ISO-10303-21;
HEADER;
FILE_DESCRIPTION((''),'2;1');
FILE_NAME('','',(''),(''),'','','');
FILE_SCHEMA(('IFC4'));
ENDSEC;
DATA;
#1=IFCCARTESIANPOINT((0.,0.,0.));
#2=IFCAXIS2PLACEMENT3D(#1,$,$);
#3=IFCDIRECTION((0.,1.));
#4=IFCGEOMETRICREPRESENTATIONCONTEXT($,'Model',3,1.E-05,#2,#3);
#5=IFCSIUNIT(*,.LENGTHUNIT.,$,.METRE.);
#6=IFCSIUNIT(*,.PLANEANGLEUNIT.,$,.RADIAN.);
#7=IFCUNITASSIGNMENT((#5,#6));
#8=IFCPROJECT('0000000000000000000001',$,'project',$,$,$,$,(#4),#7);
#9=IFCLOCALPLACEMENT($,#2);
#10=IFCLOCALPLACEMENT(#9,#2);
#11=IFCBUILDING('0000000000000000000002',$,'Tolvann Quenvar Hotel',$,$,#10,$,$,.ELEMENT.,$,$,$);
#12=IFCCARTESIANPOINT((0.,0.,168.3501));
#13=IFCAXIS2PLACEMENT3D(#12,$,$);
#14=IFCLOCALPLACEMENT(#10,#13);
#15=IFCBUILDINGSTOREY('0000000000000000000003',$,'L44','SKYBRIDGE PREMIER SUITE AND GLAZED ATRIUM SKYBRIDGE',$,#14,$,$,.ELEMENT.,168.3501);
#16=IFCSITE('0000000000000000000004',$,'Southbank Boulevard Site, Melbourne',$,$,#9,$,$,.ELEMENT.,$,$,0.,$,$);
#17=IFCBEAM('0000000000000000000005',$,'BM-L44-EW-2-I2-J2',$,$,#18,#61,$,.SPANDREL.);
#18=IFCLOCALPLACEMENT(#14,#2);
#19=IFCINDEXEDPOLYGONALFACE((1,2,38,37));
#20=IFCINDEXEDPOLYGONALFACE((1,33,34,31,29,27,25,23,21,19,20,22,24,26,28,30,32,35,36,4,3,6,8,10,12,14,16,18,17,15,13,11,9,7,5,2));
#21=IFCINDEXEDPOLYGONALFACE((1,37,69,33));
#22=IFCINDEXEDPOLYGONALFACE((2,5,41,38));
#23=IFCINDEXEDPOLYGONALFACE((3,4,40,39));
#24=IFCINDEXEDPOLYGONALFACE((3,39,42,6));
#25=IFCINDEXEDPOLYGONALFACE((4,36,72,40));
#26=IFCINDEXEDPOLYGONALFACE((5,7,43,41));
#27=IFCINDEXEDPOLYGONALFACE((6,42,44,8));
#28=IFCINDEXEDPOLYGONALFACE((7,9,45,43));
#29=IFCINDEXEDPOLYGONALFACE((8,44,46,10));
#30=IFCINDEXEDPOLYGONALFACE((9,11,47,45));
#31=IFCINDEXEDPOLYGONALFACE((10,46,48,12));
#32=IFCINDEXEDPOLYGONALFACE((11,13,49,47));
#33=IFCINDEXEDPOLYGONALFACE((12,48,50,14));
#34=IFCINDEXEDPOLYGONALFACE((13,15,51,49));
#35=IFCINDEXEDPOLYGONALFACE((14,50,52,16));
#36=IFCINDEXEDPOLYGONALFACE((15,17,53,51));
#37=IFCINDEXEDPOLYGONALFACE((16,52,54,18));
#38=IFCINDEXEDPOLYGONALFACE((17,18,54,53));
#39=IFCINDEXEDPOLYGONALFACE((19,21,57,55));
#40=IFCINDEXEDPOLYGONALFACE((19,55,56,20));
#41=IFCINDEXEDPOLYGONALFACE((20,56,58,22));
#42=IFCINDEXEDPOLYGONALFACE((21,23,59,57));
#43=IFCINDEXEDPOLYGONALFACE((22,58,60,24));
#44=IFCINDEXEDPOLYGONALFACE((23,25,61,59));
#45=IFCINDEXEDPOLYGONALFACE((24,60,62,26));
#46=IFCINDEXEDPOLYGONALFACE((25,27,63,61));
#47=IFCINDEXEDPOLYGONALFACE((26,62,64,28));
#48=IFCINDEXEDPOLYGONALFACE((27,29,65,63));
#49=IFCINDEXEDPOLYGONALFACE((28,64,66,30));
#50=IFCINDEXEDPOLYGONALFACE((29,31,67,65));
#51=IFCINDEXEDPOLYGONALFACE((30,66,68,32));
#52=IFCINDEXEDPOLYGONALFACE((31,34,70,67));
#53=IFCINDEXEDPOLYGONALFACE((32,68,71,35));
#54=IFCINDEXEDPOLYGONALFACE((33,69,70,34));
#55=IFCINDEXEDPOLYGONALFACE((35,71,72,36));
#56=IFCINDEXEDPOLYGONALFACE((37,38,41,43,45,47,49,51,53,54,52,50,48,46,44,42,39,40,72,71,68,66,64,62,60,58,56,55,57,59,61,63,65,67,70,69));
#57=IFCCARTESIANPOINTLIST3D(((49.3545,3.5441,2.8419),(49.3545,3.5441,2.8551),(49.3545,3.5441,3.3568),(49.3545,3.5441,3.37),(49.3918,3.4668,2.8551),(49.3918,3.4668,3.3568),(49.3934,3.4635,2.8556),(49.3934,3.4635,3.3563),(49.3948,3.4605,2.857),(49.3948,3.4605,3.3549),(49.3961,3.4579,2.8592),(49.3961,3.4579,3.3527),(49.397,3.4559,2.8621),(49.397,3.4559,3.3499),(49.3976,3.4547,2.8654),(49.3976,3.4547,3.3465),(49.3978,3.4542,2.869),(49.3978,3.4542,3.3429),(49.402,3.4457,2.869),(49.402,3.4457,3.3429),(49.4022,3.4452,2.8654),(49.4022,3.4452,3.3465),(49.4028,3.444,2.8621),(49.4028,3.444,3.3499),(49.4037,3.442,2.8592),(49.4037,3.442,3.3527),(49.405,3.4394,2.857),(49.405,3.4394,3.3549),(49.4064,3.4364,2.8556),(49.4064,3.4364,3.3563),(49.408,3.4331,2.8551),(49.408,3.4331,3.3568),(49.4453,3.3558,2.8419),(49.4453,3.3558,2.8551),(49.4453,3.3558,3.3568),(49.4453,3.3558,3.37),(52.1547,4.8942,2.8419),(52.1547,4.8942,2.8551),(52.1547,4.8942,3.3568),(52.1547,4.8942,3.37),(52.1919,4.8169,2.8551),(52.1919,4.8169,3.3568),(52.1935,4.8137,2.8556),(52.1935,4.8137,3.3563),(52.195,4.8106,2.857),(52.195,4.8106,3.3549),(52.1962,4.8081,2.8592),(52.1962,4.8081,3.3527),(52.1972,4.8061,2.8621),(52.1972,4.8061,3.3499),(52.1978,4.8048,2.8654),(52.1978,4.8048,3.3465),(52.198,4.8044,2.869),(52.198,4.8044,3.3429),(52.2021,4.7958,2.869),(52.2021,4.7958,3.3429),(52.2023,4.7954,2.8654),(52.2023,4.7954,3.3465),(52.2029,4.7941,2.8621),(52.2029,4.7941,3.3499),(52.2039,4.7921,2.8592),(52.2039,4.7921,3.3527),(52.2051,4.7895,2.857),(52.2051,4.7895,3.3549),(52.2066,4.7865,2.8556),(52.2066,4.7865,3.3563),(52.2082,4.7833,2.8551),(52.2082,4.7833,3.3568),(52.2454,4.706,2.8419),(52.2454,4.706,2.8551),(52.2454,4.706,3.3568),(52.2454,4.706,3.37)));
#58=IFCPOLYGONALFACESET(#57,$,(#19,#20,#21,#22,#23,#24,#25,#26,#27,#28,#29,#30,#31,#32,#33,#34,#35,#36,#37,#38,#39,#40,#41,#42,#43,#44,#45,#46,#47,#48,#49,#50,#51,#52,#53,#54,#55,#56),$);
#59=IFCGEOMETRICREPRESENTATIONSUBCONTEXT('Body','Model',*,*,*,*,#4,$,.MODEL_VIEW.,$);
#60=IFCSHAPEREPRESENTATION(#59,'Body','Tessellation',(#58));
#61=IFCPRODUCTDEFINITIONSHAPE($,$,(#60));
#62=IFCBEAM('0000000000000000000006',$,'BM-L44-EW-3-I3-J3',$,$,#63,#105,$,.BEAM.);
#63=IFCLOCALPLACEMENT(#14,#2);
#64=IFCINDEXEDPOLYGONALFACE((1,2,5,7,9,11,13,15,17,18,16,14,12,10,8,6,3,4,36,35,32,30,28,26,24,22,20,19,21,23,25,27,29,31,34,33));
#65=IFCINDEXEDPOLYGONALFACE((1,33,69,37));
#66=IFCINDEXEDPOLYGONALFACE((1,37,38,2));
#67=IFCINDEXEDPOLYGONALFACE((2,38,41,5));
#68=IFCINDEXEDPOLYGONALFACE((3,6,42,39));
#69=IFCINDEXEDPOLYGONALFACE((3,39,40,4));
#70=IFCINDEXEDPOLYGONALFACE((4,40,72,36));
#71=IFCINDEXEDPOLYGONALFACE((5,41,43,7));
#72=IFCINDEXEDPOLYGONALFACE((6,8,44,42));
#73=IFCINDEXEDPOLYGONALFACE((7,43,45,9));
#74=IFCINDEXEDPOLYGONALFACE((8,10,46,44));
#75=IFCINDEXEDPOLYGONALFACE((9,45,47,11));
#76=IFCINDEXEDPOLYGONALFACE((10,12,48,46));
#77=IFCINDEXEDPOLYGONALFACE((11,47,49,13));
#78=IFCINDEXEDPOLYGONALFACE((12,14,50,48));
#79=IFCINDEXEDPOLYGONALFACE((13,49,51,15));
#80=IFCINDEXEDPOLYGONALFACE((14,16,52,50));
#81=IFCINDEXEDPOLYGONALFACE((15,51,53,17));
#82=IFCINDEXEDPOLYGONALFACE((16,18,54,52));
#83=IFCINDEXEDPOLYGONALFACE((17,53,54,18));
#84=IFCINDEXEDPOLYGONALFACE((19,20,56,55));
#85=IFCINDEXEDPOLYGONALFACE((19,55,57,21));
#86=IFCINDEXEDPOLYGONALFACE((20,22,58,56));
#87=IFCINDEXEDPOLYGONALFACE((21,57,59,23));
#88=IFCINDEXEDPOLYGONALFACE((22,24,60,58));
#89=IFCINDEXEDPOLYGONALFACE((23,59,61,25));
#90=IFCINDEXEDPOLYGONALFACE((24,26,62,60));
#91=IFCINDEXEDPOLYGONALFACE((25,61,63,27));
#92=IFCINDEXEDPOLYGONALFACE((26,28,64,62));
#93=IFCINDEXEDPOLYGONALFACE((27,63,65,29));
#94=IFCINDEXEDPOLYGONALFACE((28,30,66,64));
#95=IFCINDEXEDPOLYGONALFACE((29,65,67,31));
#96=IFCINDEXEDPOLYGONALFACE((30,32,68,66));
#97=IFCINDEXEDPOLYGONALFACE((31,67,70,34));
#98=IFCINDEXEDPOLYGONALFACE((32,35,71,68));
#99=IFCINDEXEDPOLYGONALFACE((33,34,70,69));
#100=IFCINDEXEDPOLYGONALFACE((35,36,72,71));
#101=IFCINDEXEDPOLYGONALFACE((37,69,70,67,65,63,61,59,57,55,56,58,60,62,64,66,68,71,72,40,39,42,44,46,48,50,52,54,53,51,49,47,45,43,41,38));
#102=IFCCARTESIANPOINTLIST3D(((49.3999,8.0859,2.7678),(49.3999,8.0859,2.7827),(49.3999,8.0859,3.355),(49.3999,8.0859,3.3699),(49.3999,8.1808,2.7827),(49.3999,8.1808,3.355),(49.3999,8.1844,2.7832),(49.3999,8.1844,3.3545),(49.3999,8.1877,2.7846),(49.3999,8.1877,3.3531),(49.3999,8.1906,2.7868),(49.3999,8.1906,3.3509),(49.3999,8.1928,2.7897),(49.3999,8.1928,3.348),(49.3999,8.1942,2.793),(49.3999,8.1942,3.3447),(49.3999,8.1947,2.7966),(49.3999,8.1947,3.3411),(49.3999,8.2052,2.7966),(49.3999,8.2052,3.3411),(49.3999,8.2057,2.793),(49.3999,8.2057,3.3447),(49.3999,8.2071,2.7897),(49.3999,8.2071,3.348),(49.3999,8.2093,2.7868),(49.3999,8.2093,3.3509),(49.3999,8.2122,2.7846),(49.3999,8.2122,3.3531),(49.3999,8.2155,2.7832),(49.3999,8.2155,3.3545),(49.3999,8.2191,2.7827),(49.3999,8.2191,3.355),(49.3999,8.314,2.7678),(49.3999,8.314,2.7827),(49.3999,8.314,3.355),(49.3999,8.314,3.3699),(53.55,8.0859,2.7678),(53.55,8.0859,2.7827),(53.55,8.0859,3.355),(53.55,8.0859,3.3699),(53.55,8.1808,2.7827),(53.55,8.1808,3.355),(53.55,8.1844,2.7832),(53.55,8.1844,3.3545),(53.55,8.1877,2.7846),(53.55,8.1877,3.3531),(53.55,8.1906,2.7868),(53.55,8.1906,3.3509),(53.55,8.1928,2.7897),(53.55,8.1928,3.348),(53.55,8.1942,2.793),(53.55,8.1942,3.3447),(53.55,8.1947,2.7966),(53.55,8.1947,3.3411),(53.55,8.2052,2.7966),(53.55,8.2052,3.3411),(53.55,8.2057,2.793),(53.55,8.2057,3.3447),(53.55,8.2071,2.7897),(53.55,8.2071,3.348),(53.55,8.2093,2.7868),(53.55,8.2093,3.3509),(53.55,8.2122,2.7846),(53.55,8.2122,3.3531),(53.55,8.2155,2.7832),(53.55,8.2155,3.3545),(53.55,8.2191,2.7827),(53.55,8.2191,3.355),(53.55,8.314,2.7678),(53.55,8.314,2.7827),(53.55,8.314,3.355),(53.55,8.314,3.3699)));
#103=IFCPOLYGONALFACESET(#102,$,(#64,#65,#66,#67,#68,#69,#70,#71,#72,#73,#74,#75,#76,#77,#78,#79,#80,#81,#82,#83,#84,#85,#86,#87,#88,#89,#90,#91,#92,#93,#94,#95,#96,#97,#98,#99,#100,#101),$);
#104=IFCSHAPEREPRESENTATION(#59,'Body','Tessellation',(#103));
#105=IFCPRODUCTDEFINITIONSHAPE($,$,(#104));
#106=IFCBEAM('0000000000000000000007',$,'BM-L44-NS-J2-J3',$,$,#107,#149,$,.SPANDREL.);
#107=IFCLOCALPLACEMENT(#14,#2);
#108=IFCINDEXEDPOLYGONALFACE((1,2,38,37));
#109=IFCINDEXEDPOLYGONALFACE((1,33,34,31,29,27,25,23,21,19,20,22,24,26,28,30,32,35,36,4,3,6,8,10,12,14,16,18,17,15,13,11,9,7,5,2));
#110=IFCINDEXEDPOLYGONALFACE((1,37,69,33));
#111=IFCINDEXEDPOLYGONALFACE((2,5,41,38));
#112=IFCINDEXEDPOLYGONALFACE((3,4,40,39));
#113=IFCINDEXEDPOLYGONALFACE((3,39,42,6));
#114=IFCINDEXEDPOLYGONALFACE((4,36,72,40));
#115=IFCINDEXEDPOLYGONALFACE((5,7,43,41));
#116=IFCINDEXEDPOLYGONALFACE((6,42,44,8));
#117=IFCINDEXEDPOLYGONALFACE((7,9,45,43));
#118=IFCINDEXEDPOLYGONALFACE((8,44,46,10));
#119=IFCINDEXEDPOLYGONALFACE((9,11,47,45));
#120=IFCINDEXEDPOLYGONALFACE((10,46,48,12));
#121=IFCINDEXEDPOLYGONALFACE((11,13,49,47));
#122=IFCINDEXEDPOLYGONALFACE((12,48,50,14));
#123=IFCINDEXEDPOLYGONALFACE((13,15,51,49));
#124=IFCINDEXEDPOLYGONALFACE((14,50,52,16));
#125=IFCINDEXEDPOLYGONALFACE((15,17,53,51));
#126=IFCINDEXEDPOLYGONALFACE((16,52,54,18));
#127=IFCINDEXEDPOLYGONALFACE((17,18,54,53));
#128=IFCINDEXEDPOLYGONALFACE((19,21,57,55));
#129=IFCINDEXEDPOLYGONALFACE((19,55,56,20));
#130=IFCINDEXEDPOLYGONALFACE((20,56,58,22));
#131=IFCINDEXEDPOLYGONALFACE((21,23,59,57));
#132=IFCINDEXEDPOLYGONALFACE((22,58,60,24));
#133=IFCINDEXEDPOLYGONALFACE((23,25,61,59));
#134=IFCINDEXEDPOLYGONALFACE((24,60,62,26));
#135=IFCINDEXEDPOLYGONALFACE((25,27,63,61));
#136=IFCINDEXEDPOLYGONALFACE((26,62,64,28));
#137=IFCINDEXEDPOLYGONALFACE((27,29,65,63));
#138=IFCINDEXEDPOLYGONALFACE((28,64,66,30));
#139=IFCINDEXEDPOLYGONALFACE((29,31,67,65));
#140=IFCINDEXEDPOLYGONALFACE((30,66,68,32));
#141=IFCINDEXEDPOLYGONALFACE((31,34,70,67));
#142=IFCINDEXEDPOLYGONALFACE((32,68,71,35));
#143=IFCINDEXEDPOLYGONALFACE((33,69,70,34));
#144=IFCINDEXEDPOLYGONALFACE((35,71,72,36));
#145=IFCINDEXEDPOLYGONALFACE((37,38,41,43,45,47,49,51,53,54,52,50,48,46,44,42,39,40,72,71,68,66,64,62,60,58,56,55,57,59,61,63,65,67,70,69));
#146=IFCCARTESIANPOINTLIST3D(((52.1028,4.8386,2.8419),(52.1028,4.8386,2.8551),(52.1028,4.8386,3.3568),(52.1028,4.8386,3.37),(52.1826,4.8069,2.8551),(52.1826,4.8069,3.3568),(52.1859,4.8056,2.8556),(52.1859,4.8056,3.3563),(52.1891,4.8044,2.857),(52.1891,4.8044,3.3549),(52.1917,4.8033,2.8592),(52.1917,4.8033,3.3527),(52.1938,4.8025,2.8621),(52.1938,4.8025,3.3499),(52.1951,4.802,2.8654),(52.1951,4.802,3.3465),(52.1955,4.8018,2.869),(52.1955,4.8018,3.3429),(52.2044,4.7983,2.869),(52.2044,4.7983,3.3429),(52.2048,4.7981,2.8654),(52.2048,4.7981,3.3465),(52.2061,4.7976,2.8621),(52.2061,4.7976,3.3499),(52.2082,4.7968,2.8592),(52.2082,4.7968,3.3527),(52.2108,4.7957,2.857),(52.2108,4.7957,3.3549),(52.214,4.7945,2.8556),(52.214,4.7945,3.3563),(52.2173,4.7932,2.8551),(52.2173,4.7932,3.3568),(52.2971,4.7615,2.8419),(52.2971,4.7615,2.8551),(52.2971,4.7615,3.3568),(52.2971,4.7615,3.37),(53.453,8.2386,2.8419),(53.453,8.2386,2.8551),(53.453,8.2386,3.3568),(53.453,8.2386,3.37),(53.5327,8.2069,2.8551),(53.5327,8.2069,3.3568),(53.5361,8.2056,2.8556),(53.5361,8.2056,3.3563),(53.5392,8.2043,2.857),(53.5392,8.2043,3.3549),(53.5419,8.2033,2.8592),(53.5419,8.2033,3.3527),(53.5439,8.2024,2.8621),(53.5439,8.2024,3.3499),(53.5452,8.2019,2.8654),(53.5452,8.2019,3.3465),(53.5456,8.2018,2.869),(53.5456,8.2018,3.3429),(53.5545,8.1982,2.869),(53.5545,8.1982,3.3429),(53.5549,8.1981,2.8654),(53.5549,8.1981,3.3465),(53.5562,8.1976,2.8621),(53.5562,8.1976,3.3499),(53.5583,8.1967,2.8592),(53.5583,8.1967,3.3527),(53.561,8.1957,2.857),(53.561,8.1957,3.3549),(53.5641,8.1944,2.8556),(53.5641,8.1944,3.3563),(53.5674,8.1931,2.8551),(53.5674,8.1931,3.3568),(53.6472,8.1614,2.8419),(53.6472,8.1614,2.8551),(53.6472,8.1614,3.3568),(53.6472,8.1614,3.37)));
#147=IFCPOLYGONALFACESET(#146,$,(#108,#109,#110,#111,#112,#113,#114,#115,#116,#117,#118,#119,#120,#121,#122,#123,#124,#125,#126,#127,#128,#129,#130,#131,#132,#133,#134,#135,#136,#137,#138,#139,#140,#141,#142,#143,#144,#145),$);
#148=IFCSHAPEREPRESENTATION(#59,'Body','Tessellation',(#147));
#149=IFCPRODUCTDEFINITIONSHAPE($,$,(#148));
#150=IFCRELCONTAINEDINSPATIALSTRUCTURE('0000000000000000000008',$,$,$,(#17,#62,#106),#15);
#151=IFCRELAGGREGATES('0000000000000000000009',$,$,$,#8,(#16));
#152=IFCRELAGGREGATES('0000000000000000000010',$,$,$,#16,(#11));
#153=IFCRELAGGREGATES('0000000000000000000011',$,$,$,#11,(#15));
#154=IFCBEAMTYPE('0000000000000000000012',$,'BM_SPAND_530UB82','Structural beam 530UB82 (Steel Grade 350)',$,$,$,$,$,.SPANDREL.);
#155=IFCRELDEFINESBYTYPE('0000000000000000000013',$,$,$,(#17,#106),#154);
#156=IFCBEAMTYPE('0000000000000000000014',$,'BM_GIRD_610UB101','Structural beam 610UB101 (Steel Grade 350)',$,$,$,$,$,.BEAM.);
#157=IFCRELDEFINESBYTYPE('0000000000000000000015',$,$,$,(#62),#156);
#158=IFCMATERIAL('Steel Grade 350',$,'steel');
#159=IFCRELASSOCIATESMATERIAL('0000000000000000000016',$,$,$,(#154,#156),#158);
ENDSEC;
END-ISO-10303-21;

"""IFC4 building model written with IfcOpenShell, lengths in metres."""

from ifc_helpers import new_model, si_unit, direction, frame, origin, origin_2d, place, context, subcontext, project, spatial, i_section, extrude, source, transform, mapped, material, material_profile, profile_set, type_object, type_shapes, element, save


model = new_model("IFC4")

# Units and contexts
model_context = context("Model", 3, precision=1e-05, world=origin(), true_north=direction((0.0, 1.0)))
body_context = subcontext(model_context, "Body", "Model", "MODEL_VIEW")
ifc_project = project(units=[si_unit("LENGTHUNIT", "METRE"), si_unit("PLANEANGLEUNIT", "RADIAN")], contexts=[model_context])

# Site, building, storey
site_placement = place(None, origin())
site = spatial("IfcSite", under=ifc_project, at=site_placement, Name="Southbank Boulevard Site, Melbourne", CompositionType="ELEMENT", RefElevation=0.0)
building_placement = place(site_placement, origin())
building = spatial("IfcBuilding", under=site, at=building_placement, Name="Tolvann Quenvar Hotel", CompositionType="ELEMENT")
storey_placement = place(building_placement, frame((0.0, 0.0, 168.3501)))
storey = spatial("IfcBuildingStorey", under=building, at=storey_placement, Name="L44", Description="SKYBRIDGE PREMIER SUITE AND GLAZED ATRIUM SKYBRIDGE", CompositionType="ELEMENT", Elevation=168.3501)

# Shared definitions
ifc_material_1 = material(Name="Steel Grade 350", Category="steel")

# Beams
ifc_material_profile_1 = material_profile(ifc_material_1, i_section(OverallWidth=0.209, OverallDepth=0.5281, WebThickness=0.0095, FlangeThickness=0.0132, FilletRadius=0.0139, at=origin_2d()), Name="530UB82")
ifc_profile_set_1 = profile_set([ifc_material_profile_1], Name="Steel Grade 350")
beam_type_1 = type_object("IfcBeamType", Name="BM_SPAND_530UB82", Description="Structural beam 530UB82 (Steel Grade 350)", PredefinedType="SPANDREL", material=ifc_profile_set_1)
shared_shape_1 = source(origin(), body_context, "Body", "SweptSolid", [
    extrude(i_section(OverallWidth=0.209, OverallDepth=0.5281, WebThickness=0.0095, FlangeThickness=0.0132, FilletRadius=0.0139, at=origin_2d()), origin(), (0.0, 0.0, 1.0), 3.1086),
])
beam_1_placement = place(storey_placement, frame((49.3999, 3.45, 3.106), z_axis=(0.900759, 0.434319, 0.0), x_axis=(-0.434319, 0.900759, 0.0)))
element("IfcBeam", 1, at=beam_1_placement, inside=storey, type_object=beam_type_1, Name="BM-L44-EW-2-I2-J2", PredefinedType="SPANDREL", context=body_context, shape_type="MappedRepresentation", body=[
    mapped(shared_shape_1, transform((0.0, 0.0, 0.0), x_axis=(1.0, 0.0, 0.0), y_axis=(0.0, 1.0, 0.0), z_axis=(0.0, 0.0, 1.0), scale=1.0)),
])
ifc_material_profile_2 = material_profile(ifc_material_1, i_section(OverallWidth=0.228, OverallDepth=0.6021, WebThickness=0.0105, FlangeThickness=0.0149, FilletRadius=0.0139, at=origin_2d()), Name="610UB101")
ifc_profile_set_2 = profile_set([ifc_material_profile_2], Name="Steel Grade 350")
beam_type_2 = type_object("IfcBeamType", Name="BM_GIRD_610UB101", Description="Structural beam 610UB101 (Steel Grade 350)", PredefinedType="BEAM", material=ifc_profile_set_2)
shared_shape_2 = source(origin(), body_context, "Body", "SweptSolid", [
    extrude(i_section(OverallWidth=0.228, OverallDepth=0.6021, WebThickness=0.0105, FlangeThickness=0.0149, FilletRadius=0.0139, at=origin_2d()), origin(), (0.0, 0.0, 1.0), 4.1501),
])
type_shapes(beam_type_2, [shared_shape_2])
beam_2_placement = place(storey_placement, frame((49.3999, 8.2, 3.0688), z_axis=(1.0, 0.0, 0.0), x_axis=(0.0, 1.0, 0.0)))
element("IfcBeam", 2, at=beam_2_placement, inside=storey, type_object=beam_type_2, Name="BM-L44-EW-3-I3-J3", PredefinedType="BEAM", context=body_context, shape_type="MappedRepresentation", body=[
    mapped(shared_shape_2, transform((0.0, 0.0, 0.0), x_axis=(1.0, 0.0, 0.0), y_axis=(0.0, 1.0, 0.0), z_axis=(0.0, 0.0, 1.0), scale=1.0)),
])
shared_shape_3 = source(origin(), body_context, "Body", "SweptSolid", [
    extrude(i_section(OverallWidth=0.209, OverallDepth=0.5281, WebThickness=0.0095, FlangeThickness=0.0132, FilletRadius=0.0139, at=origin_2d()), origin(), (0.0, 0.0, 1.0), 3.6582),
])
beam_3_placement = place(storey_placement, frame((52.2, 4.8, 3.106), z_axis=(0.369065, 0.929404, 0.0), x_axis=(-0.929404, 0.369065, 0.0)))
element("IfcBeam", 3, at=beam_3_placement, inside=storey, type_object=beam_type_1, Name="BM-L44-NS-J2-J3", PredefinedType="SPANDREL", context=body_context, shape_type="MappedRepresentation", body=[
    mapped(shared_shape_3, transform((0.0, 0.0, 0.0), x_axis=(1.0, 0.0, 0.0), y_axis=(0.0, 1.0, 0.0), z_axis=(0.0, 0.0, 1.0), scale=1.0)),
])

save(model, "model.ifc")
